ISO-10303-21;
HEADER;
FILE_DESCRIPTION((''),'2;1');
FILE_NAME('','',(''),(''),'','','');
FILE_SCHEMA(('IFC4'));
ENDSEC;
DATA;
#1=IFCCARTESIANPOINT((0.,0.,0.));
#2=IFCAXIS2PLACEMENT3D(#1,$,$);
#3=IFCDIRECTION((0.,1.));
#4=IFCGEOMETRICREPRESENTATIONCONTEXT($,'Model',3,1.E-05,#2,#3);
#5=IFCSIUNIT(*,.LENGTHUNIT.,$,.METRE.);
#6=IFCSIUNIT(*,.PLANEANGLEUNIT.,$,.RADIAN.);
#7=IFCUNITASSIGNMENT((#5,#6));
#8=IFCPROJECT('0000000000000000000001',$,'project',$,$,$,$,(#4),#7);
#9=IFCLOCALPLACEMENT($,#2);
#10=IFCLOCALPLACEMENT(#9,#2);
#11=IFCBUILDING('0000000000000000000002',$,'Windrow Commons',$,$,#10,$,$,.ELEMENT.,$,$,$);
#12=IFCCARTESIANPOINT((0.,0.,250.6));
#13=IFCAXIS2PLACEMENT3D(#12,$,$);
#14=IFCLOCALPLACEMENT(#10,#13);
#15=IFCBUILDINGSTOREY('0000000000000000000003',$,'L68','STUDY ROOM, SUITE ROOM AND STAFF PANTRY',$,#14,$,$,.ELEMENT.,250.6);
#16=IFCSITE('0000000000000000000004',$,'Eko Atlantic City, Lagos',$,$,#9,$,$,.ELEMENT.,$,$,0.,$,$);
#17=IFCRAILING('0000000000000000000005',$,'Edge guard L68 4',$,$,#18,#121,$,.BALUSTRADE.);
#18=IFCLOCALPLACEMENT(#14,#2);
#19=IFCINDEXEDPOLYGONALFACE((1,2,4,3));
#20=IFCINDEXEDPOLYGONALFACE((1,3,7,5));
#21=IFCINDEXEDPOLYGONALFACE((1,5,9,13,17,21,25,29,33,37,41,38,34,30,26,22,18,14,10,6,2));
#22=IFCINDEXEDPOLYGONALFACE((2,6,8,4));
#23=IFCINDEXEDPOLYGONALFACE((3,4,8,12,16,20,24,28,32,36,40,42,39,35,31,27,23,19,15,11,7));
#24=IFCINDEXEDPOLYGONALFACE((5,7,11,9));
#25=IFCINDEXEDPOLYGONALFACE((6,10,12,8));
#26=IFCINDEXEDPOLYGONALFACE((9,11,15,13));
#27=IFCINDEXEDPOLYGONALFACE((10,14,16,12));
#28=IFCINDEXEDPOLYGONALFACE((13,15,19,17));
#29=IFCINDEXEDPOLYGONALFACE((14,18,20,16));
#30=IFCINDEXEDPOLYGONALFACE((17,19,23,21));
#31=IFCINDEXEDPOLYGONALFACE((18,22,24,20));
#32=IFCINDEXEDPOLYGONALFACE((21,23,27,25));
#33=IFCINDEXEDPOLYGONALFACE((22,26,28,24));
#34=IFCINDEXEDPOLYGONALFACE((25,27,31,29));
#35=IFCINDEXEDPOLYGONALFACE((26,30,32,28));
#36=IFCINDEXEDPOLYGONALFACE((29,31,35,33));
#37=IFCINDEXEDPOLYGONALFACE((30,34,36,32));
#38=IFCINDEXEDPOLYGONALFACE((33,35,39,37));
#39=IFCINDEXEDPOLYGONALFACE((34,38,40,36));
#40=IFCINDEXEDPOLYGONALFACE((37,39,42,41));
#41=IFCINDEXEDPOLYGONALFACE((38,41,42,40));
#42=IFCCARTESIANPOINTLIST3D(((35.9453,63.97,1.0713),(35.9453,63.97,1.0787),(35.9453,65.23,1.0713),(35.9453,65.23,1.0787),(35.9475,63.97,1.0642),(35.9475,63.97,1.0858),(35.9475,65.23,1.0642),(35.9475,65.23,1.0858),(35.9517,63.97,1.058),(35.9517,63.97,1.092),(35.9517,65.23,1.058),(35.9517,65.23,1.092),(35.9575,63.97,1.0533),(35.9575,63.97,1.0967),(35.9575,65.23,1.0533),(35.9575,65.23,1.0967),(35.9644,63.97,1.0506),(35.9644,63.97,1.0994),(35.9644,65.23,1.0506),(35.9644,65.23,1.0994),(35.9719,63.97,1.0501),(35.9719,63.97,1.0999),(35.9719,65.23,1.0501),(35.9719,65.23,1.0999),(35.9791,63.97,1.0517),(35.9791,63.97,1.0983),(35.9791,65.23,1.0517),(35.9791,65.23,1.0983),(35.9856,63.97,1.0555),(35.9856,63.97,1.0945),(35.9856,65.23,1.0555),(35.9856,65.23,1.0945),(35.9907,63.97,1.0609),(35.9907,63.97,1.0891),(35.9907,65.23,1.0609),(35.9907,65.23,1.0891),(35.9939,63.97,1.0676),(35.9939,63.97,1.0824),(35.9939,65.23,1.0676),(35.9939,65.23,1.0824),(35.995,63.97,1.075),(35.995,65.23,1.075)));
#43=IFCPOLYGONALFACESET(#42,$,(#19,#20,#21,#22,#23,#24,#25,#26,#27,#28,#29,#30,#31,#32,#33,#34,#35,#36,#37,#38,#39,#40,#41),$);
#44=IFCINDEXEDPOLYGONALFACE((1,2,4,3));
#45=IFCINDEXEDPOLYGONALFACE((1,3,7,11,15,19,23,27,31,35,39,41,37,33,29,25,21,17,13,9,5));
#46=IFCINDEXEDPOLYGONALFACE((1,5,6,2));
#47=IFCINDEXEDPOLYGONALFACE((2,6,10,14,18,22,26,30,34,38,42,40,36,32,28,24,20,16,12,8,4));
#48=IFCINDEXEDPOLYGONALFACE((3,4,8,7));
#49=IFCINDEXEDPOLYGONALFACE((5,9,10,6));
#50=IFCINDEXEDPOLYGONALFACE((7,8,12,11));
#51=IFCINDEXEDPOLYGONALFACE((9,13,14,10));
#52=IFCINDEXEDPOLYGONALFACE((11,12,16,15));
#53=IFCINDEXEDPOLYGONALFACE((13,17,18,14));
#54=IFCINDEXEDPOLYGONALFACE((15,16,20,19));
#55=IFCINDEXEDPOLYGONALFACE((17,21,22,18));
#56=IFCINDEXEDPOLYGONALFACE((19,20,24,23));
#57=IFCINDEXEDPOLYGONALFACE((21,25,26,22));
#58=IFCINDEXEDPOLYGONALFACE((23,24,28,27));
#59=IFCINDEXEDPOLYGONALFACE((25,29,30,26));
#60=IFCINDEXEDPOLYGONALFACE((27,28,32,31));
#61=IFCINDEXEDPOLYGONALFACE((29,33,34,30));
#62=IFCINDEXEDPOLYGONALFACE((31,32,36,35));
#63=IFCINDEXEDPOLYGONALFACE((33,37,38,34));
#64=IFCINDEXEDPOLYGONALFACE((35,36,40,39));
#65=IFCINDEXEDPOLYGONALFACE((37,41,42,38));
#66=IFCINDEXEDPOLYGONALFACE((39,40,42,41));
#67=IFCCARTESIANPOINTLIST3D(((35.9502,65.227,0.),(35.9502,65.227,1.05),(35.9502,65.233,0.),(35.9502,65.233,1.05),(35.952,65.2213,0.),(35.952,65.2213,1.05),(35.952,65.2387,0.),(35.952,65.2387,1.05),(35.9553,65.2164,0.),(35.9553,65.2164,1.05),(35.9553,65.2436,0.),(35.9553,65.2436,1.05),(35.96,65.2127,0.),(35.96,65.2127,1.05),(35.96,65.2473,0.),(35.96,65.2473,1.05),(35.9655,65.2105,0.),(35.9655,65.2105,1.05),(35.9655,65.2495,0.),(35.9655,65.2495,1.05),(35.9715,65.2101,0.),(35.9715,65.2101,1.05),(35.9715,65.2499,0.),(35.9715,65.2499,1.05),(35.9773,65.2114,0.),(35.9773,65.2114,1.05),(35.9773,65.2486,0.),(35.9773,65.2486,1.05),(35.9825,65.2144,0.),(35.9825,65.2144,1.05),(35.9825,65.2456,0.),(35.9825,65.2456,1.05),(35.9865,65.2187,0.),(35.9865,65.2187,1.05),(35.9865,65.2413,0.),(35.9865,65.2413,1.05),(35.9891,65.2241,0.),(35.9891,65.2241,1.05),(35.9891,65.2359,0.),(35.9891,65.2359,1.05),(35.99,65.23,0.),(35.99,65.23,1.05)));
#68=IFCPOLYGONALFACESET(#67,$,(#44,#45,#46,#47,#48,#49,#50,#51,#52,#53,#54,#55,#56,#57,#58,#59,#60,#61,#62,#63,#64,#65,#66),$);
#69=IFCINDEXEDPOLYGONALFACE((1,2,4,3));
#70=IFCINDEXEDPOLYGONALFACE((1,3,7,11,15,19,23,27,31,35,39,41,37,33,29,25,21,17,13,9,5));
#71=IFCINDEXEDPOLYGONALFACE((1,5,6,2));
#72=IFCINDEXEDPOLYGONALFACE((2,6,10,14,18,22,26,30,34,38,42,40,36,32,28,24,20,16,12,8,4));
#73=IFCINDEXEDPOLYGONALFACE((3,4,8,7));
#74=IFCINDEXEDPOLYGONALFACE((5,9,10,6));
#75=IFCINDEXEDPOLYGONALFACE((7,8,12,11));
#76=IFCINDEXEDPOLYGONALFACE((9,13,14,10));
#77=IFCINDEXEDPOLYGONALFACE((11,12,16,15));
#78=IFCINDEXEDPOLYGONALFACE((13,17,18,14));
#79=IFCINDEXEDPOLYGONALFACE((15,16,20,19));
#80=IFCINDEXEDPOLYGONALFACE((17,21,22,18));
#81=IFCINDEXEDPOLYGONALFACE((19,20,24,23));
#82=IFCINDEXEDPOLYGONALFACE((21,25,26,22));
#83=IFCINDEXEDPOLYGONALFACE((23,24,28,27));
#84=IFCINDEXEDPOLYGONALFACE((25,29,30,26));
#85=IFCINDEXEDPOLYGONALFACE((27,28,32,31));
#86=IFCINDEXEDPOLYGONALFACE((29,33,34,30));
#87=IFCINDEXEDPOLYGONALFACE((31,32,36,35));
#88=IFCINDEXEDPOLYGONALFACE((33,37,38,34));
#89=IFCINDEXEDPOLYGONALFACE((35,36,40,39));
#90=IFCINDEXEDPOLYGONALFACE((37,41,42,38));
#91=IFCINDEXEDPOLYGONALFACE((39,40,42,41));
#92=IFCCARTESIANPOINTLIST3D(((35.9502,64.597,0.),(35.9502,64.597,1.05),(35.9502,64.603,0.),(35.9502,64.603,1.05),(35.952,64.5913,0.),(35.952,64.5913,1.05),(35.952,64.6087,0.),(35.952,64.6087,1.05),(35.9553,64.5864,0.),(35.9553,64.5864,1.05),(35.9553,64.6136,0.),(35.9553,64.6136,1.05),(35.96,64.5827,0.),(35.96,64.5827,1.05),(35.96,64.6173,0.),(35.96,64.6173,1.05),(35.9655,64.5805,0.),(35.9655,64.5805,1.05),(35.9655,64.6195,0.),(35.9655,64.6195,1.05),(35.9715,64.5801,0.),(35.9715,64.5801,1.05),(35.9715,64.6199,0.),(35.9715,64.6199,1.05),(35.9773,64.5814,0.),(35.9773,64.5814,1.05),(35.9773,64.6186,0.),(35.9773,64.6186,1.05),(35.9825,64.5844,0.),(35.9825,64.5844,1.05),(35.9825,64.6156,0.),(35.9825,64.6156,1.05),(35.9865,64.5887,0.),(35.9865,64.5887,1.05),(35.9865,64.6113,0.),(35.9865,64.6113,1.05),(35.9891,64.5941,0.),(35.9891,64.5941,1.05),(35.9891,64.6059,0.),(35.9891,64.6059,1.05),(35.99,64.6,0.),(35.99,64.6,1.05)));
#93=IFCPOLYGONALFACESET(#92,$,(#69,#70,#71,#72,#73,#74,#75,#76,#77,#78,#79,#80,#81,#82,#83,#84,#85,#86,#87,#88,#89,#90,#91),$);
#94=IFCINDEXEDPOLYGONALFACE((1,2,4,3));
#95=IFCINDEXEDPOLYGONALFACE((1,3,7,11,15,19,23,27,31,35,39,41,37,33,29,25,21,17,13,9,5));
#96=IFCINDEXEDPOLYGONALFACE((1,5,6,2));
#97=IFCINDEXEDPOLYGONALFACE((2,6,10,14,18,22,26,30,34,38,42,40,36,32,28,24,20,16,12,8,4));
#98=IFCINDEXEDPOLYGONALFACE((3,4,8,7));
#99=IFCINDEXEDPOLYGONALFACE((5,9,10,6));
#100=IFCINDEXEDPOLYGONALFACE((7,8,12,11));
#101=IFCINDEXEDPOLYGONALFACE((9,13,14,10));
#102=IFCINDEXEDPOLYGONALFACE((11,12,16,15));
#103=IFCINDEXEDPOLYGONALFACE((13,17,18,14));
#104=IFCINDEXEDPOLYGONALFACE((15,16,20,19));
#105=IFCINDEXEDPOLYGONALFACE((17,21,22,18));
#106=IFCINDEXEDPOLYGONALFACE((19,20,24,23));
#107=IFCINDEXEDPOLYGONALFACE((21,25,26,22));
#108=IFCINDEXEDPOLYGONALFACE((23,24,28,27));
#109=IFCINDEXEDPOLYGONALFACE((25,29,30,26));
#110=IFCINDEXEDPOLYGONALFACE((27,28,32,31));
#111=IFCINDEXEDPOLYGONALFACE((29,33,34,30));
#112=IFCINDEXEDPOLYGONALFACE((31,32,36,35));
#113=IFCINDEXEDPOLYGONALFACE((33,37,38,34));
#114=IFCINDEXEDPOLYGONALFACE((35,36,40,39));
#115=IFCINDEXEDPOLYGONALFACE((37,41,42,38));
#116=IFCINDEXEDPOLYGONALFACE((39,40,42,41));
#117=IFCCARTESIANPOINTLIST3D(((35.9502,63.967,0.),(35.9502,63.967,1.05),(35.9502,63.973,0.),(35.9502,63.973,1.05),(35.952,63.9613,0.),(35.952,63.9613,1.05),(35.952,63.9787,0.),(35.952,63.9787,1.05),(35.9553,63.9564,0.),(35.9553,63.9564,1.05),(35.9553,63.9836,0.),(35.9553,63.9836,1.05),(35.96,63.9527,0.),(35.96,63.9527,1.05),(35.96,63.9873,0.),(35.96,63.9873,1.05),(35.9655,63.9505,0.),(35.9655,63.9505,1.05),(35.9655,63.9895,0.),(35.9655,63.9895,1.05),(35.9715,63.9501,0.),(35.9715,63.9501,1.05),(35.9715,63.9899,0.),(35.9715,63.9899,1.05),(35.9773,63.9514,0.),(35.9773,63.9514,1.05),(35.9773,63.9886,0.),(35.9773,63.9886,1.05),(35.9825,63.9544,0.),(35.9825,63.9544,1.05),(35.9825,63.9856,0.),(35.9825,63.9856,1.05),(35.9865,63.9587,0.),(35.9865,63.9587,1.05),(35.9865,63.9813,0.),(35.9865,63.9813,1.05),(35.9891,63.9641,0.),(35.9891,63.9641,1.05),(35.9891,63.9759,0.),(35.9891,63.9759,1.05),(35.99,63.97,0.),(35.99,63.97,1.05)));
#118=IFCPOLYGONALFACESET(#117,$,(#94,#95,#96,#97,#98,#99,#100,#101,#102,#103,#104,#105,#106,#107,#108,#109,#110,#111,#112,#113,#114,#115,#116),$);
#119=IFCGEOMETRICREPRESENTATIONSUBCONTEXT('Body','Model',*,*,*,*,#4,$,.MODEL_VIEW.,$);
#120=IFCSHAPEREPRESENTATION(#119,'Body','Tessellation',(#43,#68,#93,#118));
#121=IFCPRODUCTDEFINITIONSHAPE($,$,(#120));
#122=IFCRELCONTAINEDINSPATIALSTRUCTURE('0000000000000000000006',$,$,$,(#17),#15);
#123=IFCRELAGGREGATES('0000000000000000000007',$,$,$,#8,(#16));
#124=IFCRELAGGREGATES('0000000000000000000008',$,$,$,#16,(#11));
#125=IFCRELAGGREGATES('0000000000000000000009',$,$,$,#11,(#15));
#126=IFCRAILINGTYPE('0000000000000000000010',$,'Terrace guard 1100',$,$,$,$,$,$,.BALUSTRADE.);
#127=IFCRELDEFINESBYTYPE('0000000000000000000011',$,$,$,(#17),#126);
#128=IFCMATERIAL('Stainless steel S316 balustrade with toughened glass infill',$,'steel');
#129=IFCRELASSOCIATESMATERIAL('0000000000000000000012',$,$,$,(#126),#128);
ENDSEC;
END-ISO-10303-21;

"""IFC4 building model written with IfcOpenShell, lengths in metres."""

from ifc_helpers import new_model, si_unit, direction, frame, origin, origin_2d, place, context, subcontext, project, spatial, circle, extrude, material, type_object, element, save


model = new_model("IFC4")

# Units and contexts
model_context = context("Model", 3, precision=1e-05, world=origin(), true_north=direction((0.0, 1.0)))
body_context = subcontext(model_context, "Body", "Model", "MODEL_VIEW")
ifc_project = project(units=[si_unit("LENGTHUNIT", "METRE"), si_unit("PLANEANGLEUNIT", "RADIAN")], contexts=[model_context])

# Site, building, storey
site_placement = place(None, origin())
site = spatial("IfcSite", under=ifc_project, at=site_placement, Name="Eko Atlantic City, Lagos", CompositionType="ELEMENT", RefElevation=0.0)
building_placement = place(site_placement, origin())
building = spatial("IfcBuilding", under=site, at=building_placement, Name="Windrow Commons", CompositionType="ELEMENT")
storey_placement = place(building_placement, frame((0.0, 0.0, 250.6)))
storey = spatial("IfcBuildingStorey", under=building, at=storey_placement, Name="L68", Description="STUDY ROOM, SUITE ROOM AND STAFF PANTRY", CompositionType="ELEMENT", Elevation=250.6)

# Railing
ifc_material_1 = material(Name="Stainless steel S316 balustrade with toughened glass infill", Category="steel")
railing_type_1 = type_object("IfcRailingType", Name="Terrace guard 1100", PredefinedType="BALUSTRADE", material=ifc_material_1)
railing_1_placement = place(storey_placement, frame((35.97, 65.23, 0.0)))
element("IfcRailing", 1, at=railing_1_placement, inside=storey, type_object=railing_type_1, Name="Edge guard L68 4", PredefinedType="BALUSTRADE", context=body_context, shape_type="SweptSolid", body=[
    extrude(circle(Radius=0.025, at=origin_2d()), frame((0.0, 0.0, 1.075), z_axis=(0.0, -1.0, 0.0), x_axis=(1.0, 0.0, 0.0)), (0.0, 0.0, 1.0), 1.26),
    extrude(circle(Radius=0.02, at=origin_2d()), origin(), (0.0, 0.0, 1.0), 1.05),
    extrude(circle(Radius=0.02, at=origin_2d()), frame((0.0, -0.63, 0.0)), (0.0, 0.0, 1.0), 1.05),
    extrude(circle(Radius=0.02, at=origin_2d()), frame((0.0, -1.26, 0.0)), (0.0, 0.0, 1.0), 1.05),
])

save(model, "model.ifc")
